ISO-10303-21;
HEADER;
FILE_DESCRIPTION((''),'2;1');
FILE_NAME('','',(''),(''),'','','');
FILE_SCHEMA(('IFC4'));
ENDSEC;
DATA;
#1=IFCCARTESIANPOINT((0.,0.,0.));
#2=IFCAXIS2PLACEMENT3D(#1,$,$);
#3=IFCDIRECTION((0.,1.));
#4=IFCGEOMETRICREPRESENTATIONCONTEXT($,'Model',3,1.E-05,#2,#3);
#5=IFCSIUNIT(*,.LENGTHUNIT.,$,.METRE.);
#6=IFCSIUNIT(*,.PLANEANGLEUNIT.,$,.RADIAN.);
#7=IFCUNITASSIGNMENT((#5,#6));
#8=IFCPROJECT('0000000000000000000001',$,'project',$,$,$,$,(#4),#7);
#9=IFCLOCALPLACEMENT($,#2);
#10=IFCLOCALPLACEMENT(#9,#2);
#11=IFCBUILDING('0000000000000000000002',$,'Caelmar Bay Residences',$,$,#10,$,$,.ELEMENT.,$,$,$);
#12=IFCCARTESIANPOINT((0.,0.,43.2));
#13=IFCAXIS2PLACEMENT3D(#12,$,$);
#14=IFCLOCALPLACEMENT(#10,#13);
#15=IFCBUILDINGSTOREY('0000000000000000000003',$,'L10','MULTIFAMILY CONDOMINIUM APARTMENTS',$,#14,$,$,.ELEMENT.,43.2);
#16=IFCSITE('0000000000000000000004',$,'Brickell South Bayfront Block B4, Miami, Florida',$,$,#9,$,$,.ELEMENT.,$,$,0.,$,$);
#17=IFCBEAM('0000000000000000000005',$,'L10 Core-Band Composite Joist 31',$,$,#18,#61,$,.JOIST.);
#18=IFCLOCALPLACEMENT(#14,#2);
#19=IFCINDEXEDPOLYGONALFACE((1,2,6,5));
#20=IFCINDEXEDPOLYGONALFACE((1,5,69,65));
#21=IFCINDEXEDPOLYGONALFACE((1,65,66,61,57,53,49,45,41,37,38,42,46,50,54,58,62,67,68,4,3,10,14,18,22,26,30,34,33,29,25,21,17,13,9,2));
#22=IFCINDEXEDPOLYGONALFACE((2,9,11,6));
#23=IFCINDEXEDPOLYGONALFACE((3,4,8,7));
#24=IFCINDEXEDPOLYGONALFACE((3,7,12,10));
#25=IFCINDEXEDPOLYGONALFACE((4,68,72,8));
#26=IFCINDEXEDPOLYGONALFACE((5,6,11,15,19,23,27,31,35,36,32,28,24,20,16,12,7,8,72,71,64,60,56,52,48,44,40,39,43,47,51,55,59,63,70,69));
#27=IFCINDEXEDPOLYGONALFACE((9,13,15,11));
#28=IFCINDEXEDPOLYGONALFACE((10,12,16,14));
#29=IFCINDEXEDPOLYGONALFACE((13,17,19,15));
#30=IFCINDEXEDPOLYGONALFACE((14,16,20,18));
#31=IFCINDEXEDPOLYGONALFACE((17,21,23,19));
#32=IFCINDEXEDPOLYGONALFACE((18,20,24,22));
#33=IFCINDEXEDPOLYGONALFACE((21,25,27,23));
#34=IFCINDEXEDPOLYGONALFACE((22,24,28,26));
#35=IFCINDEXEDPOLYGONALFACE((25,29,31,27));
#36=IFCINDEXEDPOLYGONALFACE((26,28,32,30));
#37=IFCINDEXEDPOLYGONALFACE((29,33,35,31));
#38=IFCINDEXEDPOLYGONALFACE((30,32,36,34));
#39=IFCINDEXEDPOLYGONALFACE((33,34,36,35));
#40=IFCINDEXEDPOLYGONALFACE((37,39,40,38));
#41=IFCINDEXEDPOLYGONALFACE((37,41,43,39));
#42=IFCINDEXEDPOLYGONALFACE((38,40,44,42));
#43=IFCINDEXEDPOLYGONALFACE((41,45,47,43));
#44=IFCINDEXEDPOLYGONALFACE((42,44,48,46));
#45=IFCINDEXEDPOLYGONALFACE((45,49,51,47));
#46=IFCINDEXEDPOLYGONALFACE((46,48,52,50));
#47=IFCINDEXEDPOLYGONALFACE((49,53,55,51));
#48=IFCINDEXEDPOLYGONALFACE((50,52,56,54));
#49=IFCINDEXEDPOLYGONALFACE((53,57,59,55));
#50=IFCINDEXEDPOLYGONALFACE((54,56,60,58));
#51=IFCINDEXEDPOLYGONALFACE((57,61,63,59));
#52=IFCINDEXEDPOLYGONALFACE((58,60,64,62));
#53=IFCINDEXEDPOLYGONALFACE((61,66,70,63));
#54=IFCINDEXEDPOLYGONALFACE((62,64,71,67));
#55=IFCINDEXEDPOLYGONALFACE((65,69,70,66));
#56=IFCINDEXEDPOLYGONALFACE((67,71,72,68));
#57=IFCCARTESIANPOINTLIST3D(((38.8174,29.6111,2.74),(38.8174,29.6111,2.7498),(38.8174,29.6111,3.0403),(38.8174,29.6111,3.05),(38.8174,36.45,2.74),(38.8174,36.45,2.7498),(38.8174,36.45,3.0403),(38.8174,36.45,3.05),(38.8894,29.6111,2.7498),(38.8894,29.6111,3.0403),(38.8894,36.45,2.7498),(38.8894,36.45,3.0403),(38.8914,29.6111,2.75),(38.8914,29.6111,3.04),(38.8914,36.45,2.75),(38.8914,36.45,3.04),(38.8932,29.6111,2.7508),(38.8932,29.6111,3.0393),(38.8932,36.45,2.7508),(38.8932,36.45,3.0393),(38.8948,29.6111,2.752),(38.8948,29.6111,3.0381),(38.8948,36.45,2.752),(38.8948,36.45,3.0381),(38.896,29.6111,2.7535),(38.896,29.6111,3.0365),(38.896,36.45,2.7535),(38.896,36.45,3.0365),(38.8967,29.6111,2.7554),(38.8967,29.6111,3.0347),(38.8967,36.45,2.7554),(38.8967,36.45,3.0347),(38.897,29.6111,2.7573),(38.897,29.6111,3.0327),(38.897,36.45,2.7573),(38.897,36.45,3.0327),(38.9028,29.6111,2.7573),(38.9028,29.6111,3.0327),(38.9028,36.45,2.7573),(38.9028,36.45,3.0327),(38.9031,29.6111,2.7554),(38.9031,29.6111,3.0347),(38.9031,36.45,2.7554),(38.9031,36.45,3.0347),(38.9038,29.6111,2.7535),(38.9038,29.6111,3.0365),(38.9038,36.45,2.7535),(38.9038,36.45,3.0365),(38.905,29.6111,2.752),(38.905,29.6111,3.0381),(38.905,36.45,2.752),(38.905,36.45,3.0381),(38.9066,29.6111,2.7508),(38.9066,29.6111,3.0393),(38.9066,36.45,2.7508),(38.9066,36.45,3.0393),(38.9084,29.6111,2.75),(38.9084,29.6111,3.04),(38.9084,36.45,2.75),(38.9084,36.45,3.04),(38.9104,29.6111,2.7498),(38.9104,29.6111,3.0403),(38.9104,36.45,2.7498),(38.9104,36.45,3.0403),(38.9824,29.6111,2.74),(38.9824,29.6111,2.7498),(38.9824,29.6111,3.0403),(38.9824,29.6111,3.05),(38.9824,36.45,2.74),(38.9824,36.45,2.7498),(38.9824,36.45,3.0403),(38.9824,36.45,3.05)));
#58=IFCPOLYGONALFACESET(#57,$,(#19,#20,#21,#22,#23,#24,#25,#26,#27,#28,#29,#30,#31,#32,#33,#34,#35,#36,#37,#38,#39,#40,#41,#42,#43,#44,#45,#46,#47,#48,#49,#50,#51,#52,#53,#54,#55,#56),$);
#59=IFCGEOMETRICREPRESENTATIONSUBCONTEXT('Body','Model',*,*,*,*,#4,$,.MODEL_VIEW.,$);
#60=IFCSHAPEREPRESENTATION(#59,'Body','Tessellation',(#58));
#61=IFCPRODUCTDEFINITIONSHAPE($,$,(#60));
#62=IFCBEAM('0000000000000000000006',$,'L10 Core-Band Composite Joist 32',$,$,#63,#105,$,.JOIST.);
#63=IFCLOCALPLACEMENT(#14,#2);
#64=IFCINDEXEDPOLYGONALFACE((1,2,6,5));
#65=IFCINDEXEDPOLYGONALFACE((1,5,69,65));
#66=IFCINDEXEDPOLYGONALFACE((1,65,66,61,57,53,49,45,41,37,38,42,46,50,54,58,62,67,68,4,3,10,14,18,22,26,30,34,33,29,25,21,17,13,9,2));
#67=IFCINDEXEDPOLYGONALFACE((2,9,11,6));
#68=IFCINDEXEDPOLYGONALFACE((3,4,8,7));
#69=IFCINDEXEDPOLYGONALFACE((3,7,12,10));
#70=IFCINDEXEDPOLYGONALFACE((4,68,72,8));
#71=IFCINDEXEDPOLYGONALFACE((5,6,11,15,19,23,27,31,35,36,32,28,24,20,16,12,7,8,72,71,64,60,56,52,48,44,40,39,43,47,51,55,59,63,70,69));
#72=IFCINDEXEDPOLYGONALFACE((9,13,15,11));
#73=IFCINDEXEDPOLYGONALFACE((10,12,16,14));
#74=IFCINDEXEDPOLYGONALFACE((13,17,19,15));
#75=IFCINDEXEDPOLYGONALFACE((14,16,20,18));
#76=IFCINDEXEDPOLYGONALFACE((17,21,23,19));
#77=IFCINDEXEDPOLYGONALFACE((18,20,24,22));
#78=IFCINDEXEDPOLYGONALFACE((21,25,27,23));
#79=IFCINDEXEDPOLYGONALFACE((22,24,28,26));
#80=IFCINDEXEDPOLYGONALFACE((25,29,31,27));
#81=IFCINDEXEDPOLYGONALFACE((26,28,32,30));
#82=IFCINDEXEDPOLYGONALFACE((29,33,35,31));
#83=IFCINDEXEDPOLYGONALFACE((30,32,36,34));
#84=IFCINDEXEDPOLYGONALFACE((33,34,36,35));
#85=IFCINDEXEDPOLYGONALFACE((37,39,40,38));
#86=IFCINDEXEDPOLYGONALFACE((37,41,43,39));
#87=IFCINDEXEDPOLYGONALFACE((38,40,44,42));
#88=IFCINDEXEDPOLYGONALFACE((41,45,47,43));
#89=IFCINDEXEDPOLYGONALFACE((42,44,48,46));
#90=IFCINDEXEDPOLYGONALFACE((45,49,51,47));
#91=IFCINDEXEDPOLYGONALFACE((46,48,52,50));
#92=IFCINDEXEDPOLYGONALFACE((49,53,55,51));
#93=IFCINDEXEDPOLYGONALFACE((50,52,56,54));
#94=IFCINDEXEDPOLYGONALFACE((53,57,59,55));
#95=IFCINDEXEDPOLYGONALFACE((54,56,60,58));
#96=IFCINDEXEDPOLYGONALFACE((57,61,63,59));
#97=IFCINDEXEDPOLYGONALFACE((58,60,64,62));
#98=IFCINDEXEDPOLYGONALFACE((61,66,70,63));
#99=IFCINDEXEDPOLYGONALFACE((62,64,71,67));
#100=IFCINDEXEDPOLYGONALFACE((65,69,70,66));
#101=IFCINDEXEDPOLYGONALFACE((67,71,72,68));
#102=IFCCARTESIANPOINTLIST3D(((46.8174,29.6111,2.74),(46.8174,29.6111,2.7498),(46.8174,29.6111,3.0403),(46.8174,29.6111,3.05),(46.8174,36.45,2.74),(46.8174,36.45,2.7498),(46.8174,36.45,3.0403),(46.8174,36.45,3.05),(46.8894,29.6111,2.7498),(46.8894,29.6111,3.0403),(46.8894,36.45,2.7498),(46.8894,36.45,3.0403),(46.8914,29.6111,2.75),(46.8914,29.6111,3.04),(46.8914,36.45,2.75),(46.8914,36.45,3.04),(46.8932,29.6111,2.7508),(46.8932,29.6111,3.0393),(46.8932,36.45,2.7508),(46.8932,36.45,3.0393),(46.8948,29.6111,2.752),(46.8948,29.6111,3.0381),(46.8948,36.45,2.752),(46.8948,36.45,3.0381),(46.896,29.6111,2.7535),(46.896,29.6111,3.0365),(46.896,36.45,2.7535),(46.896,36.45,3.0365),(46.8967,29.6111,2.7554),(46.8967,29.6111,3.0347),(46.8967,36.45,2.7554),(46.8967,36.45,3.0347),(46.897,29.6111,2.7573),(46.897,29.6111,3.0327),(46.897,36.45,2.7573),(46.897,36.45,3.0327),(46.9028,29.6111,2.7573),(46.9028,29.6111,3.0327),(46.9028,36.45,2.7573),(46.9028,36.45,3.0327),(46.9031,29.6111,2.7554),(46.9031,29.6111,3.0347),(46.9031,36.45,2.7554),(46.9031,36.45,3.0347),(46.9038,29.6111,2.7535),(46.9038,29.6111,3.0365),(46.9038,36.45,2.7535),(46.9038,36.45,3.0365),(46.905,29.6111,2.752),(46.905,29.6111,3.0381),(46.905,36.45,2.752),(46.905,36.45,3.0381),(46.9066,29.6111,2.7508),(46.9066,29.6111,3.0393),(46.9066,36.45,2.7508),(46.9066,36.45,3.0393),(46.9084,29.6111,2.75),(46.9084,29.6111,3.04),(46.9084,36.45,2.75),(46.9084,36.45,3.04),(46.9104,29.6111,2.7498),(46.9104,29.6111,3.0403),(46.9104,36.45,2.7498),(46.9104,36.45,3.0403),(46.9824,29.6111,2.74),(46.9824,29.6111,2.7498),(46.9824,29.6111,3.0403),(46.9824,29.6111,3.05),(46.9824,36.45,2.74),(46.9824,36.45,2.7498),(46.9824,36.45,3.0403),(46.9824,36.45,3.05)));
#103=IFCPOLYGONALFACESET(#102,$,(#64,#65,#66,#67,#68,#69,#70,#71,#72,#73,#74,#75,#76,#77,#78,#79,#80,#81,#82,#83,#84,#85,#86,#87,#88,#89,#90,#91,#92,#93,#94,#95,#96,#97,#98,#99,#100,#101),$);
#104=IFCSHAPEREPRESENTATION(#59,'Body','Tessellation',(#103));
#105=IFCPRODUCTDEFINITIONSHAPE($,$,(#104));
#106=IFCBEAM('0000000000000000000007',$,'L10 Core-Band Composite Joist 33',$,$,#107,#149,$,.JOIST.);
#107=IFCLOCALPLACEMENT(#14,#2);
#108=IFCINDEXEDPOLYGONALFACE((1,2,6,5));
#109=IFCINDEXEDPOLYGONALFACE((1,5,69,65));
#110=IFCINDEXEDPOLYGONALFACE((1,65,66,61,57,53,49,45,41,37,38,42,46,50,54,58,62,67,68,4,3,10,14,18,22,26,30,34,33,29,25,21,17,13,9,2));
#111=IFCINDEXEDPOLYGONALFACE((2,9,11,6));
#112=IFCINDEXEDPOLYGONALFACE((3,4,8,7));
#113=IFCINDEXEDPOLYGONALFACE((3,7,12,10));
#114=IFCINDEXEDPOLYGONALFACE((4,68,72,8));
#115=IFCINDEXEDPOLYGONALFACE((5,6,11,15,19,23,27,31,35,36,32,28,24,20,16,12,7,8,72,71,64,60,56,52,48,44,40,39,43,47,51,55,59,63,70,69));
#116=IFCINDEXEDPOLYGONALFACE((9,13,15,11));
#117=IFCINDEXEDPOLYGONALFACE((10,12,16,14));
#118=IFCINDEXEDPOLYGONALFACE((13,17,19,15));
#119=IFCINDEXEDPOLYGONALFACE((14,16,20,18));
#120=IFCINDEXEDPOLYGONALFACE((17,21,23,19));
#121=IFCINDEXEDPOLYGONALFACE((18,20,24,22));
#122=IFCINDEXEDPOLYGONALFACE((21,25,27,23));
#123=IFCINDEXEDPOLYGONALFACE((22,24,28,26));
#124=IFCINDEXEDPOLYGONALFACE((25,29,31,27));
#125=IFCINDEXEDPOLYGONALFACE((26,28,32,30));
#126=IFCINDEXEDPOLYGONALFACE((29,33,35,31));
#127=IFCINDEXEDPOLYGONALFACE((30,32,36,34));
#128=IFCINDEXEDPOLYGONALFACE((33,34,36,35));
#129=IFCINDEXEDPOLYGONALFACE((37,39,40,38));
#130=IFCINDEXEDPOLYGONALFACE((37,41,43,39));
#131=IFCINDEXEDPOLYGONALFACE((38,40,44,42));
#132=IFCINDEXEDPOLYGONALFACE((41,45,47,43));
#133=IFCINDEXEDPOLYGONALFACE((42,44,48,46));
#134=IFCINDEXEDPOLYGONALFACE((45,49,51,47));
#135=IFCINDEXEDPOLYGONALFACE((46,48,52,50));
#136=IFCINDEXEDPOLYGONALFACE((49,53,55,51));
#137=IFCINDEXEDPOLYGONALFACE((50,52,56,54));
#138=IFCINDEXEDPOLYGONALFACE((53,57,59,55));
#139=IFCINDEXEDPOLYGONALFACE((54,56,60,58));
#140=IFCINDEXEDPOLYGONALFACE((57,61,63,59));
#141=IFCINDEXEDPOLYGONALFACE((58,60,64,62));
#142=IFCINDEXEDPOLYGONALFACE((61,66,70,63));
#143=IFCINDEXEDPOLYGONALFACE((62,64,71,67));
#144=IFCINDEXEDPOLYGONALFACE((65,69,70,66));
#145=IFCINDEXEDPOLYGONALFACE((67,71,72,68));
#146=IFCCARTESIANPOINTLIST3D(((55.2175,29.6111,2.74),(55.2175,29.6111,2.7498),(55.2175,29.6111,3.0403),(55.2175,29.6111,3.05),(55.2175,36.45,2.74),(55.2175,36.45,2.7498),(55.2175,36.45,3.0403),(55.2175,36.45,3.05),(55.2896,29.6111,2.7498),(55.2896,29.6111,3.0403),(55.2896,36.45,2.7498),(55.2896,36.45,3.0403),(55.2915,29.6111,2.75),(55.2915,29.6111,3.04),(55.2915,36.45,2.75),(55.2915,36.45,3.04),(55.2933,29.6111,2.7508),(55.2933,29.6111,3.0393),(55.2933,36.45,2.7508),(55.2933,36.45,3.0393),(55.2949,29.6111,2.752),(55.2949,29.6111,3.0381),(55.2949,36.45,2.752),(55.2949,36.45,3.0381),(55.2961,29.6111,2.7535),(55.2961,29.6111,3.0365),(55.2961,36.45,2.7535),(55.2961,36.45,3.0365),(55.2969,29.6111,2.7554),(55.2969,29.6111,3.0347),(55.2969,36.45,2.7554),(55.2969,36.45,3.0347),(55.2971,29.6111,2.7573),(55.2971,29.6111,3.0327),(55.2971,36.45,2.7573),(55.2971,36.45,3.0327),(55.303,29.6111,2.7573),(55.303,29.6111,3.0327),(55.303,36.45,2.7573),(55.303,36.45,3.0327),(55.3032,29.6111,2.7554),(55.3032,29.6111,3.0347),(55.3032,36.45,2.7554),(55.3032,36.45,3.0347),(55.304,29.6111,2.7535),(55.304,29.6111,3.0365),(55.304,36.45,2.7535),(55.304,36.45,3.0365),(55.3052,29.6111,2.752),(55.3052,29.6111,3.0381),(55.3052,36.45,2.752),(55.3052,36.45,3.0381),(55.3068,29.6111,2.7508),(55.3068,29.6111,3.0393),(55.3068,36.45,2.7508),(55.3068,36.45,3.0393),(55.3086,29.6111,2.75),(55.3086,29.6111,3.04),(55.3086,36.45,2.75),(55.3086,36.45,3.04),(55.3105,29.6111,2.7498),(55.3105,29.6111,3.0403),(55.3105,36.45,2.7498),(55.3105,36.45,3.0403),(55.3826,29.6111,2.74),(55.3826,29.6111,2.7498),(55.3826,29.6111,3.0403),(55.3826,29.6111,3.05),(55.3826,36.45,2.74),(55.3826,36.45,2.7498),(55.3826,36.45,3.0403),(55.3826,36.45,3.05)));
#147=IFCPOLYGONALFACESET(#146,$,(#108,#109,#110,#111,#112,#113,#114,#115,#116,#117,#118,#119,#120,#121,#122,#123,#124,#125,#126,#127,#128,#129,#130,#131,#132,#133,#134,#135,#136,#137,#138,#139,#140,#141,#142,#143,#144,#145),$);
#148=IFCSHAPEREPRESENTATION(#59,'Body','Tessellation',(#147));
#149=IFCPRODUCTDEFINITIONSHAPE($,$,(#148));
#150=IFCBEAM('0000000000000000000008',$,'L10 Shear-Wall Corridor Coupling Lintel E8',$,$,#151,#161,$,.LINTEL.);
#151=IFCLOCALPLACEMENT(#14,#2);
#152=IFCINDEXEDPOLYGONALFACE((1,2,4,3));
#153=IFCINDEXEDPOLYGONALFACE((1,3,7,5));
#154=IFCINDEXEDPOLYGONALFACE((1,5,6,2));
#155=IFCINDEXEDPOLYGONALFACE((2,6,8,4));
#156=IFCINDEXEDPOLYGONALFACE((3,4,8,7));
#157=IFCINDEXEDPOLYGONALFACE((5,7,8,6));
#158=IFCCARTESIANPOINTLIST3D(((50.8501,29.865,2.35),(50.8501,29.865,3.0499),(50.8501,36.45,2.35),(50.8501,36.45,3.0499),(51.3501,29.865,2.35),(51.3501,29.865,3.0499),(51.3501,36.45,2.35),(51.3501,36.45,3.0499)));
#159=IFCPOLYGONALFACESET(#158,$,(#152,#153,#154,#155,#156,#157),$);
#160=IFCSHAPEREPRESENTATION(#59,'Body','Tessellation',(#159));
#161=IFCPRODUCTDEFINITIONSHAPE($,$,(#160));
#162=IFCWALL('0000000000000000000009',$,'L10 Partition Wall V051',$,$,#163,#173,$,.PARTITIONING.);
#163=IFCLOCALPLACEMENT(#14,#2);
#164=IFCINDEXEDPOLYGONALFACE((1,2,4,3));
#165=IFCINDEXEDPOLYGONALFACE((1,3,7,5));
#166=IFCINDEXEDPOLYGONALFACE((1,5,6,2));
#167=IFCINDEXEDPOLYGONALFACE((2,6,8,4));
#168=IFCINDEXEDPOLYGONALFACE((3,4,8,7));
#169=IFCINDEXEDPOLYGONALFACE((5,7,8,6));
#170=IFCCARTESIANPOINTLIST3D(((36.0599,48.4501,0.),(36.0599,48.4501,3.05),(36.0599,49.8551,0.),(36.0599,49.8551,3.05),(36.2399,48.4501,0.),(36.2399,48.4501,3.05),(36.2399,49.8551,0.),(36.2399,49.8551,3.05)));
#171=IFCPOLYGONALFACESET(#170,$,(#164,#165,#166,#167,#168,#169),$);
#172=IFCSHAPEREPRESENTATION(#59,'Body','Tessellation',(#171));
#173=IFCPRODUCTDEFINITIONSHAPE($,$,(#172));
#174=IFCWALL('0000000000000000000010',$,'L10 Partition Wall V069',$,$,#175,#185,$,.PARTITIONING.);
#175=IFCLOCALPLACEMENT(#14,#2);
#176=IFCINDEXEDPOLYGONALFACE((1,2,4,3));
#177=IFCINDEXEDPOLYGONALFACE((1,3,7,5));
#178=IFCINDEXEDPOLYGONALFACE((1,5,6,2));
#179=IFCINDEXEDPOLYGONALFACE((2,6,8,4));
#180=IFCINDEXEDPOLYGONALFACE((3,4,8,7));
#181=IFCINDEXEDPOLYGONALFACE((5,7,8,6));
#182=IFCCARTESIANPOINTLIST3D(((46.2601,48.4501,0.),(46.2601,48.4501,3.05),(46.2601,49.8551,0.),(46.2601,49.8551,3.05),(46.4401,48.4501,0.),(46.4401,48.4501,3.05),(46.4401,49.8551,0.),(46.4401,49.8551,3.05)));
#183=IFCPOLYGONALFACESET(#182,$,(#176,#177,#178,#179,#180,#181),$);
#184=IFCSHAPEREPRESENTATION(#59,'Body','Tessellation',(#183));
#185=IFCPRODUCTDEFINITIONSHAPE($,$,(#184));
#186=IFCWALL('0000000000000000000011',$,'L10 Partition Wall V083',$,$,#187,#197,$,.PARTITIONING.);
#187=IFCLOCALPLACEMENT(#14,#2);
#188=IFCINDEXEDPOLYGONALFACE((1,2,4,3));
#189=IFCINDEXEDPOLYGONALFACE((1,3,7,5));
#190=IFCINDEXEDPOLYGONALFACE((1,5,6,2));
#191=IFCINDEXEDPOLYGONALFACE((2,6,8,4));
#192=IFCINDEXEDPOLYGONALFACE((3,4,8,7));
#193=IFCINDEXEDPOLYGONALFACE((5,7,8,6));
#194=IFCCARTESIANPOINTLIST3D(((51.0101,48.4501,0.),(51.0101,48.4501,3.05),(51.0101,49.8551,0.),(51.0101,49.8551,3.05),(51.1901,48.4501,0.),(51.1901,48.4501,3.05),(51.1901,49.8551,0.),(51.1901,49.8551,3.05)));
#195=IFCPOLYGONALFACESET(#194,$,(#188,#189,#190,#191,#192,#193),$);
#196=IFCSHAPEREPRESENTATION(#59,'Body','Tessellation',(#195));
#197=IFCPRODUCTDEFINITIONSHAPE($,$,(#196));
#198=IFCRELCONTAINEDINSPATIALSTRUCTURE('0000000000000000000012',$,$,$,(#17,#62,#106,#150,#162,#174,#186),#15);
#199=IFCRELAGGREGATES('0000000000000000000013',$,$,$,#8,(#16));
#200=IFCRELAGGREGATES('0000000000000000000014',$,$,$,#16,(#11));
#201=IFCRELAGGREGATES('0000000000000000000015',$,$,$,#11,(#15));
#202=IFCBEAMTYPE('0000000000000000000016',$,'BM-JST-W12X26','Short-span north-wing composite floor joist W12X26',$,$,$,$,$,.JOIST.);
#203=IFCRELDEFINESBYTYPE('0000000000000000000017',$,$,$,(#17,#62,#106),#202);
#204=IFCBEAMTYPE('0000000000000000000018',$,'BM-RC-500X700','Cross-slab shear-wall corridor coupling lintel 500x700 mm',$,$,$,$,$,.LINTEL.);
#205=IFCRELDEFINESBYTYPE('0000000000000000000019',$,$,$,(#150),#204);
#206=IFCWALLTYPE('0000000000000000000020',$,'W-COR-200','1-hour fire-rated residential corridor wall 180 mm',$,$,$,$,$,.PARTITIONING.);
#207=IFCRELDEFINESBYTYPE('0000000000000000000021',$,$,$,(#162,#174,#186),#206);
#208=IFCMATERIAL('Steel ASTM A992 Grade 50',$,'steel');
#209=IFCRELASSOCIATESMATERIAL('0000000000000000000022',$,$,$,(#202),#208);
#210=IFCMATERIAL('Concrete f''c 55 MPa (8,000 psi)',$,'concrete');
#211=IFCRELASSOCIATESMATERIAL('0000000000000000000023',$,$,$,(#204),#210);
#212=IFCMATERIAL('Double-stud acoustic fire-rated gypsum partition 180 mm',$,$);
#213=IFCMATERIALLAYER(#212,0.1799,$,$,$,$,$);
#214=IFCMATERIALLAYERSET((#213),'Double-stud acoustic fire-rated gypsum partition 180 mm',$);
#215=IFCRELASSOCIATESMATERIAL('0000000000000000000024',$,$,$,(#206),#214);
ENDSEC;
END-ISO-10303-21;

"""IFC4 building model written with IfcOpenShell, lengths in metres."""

from ifc_helpers import new_model, si_unit, direction, frame, frame_2d, origin, origin_2d, place, context, subcontext, project, spatial, rectangle, i_section, extrude, material, layer, layer_set, material_profile, profile_set, type_object, element, save


model = new_model("IFC4")

# Units and contexts
model_context = context("Model", 3, precision=1e-05, world=origin(), true_north=direction((0.0, 1.0)))
body_context = subcontext(model_context, "Body", "Model", "MODEL_VIEW")
ifc_project = project(units=[si_unit("LENGTHUNIT", "METRE"), si_unit("PLANEANGLEUNIT", "RADIAN")], contexts=[model_context])

# Site, building, storey
site_placement = place(None, origin())
site = spatial("IfcSite", under=ifc_project, at=site_placement, Name="Brickell South Bayfront Block B4, Miami, Florida", CompositionType="ELEMENT", RefElevation=0.0)
building_placement = place(site_placement, origin())
building = spatial("IfcBuilding", under=site, at=building_placement, Name="Caelmar Bay Residences", CompositionType="ELEMENT")
storey_placement = place(building_placement, frame((0.0, 0.0, 43.2)))
storey = spatial("IfcBuildingStorey", under=building, at=storey_placement, Name="L10", Description="MULTIFAMILY CONDOMINIUM APARTMENTS", CompositionType="ELEMENT", Elevation=43.2)

# Beams
ifc_material_1 = material(Name="Steel ASTM A992 Grade 50", Category="steel")
ifc_material_profile_1 = material_profile(ifc_material_1, i_section(OverallWidth=0.165, OverallDepth=0.3101, WebThickness=0.0059, FlangeThickness=0.0098, FilletRadius=0.0076, at=origin_2d()), Name="W12X26")
ifc_profile_set_1 = profile_set([ifc_material_profile_1], Name="Steel ASTM A992 Grade 50")
beam_type_1 = type_object("IfcBeamType", Name="BM-JST-W12X26", Description="Short-span north-wing composite floor joist W12X26", PredefinedType="JOIST", material=ifc_profile_set_1)
for number, where, z_axis, x_axis, name in (
    (1, (38.8999, 29.6111, 2.895), (0.0, 1.0, 0.0), (-1.0, 0.0, 0.0), "L10 Core-Band Composite Joist 31"),
    (2, (46.8999, 29.6111, 2.895), (0.0, 1.0, 0.0), (-1.0, 0.0, 0.0), "L10 Core-Band Composite Joist 32"),
    (3, (55.3, 29.6111, 2.895), (0.0, 1.0, 0.0), (-1.0, 0.0, 0.0), "L10 Core-Band Composite Joist 33"),
):
    element("IfcBeam", number, at=place(storey_placement, frame(where, z_axis=z_axis, x_axis=x_axis)), inside=storey, type_object=beam_type_1, Name=name, PredefinedType="JOIST", context=body_context, shape_type="SweptSolid", body=[
        extrude(i_section(OverallWidth=0.165, OverallDepth=0.3101, WebThickness=0.0059, FlangeThickness=0.0098, FilletRadius=0.0076, at=origin_2d()), origin(), (0.0, 0.0, 1.0), 6.8389),
    ])
ifc_material_2 = material(Name="Concrete f'c 55 MPa (8,000 psi)", Category="concrete")
ifc_material_profile_2 = material_profile(ifc_material_2, rectangle(XDim=0.5, YDim=0.7, at=origin_2d()), Name="RC-BM-500X700")
ifc_profile_set_2 = profile_set([ifc_material_profile_2], Name="Concrete f'c 55 MPa (8,000 psi)")
beam_type_2 = type_object("IfcBeamType", Name="BM-RC-500X700", Description="Cross-slab shear-wall corridor coupling lintel 500x700 mm", PredefinedType="LINTEL", material=ifc_profile_set_2)
beam_1_placement = place(storey_placement, frame((51.1001, 29.865, 2.7), z_axis=(0.0, 1.0, 0.0), x_axis=(-1.0, 0.0, 0.0)))
element("IfcBeam", 4, at=beam_1_placement, inside=storey, type_object=beam_type_2, Name="L10 Shear-Wall Corridor Coupling Lintel E8", PredefinedType="LINTEL", context=body_context, shape_type="SweptSolid", body=[
    extrude(rectangle(XDim=0.5, YDim=0.7, at=origin_2d()), origin(), (0.0, 0.0, 1.0), 6.585),
])

# Walls
ifc_material_3 = material(Name="Double-stud acoustic fire-rated gypsum partition 180 mm")
ifc_layer_1 = layer(ifc_material_3, 0.1799)
ifc_layer_set_1 = layer_set([ifc_layer_1], Name="Double-stud acoustic fire-rated gypsum partition 180 mm")
wall_type_1 = type_object("IfcWallType", Name="W-COR-200", Description="1-hour fire-rated residential corridor wall 180 mm", PredefinedType="PARTITIONING", material=ifc_layer_set_1)
for number, where, z_axis, x_axis, name in (
    (5, (36.1499, 48.45, 0.0), (0.0, 0.0, 1.0), (0.0, 1.0, 0.0), "L10 Partition Wall V051"),
    (6, (46.3501, 48.45, 0.0), (0.0, 0.0, 1.0), (0.0, 1.0, 0.0), "L10 Partition Wall V069"),
    (7, (51.1001, 48.45, 0.0), (0.0, 0.0, 1.0), (0.0, 1.0, 0.0), "L10 Partition Wall V083"),
):
    element("IfcWall", number, at=place(storey_placement, frame(where, z_axis=z_axis, x_axis=x_axis)), inside=storey, type_object=wall_type_1, Name=name, PredefinedType="PARTITIONING", context=body_context, shape_type="SweptSolid", body=[
        extrude(rectangle(XDim=1.405, YDim=0.1799, at=frame_2d((0.7026, 0.0))), origin(), (0.0, 0.0, 1.0), 3.05),
    ])

save(model, "model.ifc")
